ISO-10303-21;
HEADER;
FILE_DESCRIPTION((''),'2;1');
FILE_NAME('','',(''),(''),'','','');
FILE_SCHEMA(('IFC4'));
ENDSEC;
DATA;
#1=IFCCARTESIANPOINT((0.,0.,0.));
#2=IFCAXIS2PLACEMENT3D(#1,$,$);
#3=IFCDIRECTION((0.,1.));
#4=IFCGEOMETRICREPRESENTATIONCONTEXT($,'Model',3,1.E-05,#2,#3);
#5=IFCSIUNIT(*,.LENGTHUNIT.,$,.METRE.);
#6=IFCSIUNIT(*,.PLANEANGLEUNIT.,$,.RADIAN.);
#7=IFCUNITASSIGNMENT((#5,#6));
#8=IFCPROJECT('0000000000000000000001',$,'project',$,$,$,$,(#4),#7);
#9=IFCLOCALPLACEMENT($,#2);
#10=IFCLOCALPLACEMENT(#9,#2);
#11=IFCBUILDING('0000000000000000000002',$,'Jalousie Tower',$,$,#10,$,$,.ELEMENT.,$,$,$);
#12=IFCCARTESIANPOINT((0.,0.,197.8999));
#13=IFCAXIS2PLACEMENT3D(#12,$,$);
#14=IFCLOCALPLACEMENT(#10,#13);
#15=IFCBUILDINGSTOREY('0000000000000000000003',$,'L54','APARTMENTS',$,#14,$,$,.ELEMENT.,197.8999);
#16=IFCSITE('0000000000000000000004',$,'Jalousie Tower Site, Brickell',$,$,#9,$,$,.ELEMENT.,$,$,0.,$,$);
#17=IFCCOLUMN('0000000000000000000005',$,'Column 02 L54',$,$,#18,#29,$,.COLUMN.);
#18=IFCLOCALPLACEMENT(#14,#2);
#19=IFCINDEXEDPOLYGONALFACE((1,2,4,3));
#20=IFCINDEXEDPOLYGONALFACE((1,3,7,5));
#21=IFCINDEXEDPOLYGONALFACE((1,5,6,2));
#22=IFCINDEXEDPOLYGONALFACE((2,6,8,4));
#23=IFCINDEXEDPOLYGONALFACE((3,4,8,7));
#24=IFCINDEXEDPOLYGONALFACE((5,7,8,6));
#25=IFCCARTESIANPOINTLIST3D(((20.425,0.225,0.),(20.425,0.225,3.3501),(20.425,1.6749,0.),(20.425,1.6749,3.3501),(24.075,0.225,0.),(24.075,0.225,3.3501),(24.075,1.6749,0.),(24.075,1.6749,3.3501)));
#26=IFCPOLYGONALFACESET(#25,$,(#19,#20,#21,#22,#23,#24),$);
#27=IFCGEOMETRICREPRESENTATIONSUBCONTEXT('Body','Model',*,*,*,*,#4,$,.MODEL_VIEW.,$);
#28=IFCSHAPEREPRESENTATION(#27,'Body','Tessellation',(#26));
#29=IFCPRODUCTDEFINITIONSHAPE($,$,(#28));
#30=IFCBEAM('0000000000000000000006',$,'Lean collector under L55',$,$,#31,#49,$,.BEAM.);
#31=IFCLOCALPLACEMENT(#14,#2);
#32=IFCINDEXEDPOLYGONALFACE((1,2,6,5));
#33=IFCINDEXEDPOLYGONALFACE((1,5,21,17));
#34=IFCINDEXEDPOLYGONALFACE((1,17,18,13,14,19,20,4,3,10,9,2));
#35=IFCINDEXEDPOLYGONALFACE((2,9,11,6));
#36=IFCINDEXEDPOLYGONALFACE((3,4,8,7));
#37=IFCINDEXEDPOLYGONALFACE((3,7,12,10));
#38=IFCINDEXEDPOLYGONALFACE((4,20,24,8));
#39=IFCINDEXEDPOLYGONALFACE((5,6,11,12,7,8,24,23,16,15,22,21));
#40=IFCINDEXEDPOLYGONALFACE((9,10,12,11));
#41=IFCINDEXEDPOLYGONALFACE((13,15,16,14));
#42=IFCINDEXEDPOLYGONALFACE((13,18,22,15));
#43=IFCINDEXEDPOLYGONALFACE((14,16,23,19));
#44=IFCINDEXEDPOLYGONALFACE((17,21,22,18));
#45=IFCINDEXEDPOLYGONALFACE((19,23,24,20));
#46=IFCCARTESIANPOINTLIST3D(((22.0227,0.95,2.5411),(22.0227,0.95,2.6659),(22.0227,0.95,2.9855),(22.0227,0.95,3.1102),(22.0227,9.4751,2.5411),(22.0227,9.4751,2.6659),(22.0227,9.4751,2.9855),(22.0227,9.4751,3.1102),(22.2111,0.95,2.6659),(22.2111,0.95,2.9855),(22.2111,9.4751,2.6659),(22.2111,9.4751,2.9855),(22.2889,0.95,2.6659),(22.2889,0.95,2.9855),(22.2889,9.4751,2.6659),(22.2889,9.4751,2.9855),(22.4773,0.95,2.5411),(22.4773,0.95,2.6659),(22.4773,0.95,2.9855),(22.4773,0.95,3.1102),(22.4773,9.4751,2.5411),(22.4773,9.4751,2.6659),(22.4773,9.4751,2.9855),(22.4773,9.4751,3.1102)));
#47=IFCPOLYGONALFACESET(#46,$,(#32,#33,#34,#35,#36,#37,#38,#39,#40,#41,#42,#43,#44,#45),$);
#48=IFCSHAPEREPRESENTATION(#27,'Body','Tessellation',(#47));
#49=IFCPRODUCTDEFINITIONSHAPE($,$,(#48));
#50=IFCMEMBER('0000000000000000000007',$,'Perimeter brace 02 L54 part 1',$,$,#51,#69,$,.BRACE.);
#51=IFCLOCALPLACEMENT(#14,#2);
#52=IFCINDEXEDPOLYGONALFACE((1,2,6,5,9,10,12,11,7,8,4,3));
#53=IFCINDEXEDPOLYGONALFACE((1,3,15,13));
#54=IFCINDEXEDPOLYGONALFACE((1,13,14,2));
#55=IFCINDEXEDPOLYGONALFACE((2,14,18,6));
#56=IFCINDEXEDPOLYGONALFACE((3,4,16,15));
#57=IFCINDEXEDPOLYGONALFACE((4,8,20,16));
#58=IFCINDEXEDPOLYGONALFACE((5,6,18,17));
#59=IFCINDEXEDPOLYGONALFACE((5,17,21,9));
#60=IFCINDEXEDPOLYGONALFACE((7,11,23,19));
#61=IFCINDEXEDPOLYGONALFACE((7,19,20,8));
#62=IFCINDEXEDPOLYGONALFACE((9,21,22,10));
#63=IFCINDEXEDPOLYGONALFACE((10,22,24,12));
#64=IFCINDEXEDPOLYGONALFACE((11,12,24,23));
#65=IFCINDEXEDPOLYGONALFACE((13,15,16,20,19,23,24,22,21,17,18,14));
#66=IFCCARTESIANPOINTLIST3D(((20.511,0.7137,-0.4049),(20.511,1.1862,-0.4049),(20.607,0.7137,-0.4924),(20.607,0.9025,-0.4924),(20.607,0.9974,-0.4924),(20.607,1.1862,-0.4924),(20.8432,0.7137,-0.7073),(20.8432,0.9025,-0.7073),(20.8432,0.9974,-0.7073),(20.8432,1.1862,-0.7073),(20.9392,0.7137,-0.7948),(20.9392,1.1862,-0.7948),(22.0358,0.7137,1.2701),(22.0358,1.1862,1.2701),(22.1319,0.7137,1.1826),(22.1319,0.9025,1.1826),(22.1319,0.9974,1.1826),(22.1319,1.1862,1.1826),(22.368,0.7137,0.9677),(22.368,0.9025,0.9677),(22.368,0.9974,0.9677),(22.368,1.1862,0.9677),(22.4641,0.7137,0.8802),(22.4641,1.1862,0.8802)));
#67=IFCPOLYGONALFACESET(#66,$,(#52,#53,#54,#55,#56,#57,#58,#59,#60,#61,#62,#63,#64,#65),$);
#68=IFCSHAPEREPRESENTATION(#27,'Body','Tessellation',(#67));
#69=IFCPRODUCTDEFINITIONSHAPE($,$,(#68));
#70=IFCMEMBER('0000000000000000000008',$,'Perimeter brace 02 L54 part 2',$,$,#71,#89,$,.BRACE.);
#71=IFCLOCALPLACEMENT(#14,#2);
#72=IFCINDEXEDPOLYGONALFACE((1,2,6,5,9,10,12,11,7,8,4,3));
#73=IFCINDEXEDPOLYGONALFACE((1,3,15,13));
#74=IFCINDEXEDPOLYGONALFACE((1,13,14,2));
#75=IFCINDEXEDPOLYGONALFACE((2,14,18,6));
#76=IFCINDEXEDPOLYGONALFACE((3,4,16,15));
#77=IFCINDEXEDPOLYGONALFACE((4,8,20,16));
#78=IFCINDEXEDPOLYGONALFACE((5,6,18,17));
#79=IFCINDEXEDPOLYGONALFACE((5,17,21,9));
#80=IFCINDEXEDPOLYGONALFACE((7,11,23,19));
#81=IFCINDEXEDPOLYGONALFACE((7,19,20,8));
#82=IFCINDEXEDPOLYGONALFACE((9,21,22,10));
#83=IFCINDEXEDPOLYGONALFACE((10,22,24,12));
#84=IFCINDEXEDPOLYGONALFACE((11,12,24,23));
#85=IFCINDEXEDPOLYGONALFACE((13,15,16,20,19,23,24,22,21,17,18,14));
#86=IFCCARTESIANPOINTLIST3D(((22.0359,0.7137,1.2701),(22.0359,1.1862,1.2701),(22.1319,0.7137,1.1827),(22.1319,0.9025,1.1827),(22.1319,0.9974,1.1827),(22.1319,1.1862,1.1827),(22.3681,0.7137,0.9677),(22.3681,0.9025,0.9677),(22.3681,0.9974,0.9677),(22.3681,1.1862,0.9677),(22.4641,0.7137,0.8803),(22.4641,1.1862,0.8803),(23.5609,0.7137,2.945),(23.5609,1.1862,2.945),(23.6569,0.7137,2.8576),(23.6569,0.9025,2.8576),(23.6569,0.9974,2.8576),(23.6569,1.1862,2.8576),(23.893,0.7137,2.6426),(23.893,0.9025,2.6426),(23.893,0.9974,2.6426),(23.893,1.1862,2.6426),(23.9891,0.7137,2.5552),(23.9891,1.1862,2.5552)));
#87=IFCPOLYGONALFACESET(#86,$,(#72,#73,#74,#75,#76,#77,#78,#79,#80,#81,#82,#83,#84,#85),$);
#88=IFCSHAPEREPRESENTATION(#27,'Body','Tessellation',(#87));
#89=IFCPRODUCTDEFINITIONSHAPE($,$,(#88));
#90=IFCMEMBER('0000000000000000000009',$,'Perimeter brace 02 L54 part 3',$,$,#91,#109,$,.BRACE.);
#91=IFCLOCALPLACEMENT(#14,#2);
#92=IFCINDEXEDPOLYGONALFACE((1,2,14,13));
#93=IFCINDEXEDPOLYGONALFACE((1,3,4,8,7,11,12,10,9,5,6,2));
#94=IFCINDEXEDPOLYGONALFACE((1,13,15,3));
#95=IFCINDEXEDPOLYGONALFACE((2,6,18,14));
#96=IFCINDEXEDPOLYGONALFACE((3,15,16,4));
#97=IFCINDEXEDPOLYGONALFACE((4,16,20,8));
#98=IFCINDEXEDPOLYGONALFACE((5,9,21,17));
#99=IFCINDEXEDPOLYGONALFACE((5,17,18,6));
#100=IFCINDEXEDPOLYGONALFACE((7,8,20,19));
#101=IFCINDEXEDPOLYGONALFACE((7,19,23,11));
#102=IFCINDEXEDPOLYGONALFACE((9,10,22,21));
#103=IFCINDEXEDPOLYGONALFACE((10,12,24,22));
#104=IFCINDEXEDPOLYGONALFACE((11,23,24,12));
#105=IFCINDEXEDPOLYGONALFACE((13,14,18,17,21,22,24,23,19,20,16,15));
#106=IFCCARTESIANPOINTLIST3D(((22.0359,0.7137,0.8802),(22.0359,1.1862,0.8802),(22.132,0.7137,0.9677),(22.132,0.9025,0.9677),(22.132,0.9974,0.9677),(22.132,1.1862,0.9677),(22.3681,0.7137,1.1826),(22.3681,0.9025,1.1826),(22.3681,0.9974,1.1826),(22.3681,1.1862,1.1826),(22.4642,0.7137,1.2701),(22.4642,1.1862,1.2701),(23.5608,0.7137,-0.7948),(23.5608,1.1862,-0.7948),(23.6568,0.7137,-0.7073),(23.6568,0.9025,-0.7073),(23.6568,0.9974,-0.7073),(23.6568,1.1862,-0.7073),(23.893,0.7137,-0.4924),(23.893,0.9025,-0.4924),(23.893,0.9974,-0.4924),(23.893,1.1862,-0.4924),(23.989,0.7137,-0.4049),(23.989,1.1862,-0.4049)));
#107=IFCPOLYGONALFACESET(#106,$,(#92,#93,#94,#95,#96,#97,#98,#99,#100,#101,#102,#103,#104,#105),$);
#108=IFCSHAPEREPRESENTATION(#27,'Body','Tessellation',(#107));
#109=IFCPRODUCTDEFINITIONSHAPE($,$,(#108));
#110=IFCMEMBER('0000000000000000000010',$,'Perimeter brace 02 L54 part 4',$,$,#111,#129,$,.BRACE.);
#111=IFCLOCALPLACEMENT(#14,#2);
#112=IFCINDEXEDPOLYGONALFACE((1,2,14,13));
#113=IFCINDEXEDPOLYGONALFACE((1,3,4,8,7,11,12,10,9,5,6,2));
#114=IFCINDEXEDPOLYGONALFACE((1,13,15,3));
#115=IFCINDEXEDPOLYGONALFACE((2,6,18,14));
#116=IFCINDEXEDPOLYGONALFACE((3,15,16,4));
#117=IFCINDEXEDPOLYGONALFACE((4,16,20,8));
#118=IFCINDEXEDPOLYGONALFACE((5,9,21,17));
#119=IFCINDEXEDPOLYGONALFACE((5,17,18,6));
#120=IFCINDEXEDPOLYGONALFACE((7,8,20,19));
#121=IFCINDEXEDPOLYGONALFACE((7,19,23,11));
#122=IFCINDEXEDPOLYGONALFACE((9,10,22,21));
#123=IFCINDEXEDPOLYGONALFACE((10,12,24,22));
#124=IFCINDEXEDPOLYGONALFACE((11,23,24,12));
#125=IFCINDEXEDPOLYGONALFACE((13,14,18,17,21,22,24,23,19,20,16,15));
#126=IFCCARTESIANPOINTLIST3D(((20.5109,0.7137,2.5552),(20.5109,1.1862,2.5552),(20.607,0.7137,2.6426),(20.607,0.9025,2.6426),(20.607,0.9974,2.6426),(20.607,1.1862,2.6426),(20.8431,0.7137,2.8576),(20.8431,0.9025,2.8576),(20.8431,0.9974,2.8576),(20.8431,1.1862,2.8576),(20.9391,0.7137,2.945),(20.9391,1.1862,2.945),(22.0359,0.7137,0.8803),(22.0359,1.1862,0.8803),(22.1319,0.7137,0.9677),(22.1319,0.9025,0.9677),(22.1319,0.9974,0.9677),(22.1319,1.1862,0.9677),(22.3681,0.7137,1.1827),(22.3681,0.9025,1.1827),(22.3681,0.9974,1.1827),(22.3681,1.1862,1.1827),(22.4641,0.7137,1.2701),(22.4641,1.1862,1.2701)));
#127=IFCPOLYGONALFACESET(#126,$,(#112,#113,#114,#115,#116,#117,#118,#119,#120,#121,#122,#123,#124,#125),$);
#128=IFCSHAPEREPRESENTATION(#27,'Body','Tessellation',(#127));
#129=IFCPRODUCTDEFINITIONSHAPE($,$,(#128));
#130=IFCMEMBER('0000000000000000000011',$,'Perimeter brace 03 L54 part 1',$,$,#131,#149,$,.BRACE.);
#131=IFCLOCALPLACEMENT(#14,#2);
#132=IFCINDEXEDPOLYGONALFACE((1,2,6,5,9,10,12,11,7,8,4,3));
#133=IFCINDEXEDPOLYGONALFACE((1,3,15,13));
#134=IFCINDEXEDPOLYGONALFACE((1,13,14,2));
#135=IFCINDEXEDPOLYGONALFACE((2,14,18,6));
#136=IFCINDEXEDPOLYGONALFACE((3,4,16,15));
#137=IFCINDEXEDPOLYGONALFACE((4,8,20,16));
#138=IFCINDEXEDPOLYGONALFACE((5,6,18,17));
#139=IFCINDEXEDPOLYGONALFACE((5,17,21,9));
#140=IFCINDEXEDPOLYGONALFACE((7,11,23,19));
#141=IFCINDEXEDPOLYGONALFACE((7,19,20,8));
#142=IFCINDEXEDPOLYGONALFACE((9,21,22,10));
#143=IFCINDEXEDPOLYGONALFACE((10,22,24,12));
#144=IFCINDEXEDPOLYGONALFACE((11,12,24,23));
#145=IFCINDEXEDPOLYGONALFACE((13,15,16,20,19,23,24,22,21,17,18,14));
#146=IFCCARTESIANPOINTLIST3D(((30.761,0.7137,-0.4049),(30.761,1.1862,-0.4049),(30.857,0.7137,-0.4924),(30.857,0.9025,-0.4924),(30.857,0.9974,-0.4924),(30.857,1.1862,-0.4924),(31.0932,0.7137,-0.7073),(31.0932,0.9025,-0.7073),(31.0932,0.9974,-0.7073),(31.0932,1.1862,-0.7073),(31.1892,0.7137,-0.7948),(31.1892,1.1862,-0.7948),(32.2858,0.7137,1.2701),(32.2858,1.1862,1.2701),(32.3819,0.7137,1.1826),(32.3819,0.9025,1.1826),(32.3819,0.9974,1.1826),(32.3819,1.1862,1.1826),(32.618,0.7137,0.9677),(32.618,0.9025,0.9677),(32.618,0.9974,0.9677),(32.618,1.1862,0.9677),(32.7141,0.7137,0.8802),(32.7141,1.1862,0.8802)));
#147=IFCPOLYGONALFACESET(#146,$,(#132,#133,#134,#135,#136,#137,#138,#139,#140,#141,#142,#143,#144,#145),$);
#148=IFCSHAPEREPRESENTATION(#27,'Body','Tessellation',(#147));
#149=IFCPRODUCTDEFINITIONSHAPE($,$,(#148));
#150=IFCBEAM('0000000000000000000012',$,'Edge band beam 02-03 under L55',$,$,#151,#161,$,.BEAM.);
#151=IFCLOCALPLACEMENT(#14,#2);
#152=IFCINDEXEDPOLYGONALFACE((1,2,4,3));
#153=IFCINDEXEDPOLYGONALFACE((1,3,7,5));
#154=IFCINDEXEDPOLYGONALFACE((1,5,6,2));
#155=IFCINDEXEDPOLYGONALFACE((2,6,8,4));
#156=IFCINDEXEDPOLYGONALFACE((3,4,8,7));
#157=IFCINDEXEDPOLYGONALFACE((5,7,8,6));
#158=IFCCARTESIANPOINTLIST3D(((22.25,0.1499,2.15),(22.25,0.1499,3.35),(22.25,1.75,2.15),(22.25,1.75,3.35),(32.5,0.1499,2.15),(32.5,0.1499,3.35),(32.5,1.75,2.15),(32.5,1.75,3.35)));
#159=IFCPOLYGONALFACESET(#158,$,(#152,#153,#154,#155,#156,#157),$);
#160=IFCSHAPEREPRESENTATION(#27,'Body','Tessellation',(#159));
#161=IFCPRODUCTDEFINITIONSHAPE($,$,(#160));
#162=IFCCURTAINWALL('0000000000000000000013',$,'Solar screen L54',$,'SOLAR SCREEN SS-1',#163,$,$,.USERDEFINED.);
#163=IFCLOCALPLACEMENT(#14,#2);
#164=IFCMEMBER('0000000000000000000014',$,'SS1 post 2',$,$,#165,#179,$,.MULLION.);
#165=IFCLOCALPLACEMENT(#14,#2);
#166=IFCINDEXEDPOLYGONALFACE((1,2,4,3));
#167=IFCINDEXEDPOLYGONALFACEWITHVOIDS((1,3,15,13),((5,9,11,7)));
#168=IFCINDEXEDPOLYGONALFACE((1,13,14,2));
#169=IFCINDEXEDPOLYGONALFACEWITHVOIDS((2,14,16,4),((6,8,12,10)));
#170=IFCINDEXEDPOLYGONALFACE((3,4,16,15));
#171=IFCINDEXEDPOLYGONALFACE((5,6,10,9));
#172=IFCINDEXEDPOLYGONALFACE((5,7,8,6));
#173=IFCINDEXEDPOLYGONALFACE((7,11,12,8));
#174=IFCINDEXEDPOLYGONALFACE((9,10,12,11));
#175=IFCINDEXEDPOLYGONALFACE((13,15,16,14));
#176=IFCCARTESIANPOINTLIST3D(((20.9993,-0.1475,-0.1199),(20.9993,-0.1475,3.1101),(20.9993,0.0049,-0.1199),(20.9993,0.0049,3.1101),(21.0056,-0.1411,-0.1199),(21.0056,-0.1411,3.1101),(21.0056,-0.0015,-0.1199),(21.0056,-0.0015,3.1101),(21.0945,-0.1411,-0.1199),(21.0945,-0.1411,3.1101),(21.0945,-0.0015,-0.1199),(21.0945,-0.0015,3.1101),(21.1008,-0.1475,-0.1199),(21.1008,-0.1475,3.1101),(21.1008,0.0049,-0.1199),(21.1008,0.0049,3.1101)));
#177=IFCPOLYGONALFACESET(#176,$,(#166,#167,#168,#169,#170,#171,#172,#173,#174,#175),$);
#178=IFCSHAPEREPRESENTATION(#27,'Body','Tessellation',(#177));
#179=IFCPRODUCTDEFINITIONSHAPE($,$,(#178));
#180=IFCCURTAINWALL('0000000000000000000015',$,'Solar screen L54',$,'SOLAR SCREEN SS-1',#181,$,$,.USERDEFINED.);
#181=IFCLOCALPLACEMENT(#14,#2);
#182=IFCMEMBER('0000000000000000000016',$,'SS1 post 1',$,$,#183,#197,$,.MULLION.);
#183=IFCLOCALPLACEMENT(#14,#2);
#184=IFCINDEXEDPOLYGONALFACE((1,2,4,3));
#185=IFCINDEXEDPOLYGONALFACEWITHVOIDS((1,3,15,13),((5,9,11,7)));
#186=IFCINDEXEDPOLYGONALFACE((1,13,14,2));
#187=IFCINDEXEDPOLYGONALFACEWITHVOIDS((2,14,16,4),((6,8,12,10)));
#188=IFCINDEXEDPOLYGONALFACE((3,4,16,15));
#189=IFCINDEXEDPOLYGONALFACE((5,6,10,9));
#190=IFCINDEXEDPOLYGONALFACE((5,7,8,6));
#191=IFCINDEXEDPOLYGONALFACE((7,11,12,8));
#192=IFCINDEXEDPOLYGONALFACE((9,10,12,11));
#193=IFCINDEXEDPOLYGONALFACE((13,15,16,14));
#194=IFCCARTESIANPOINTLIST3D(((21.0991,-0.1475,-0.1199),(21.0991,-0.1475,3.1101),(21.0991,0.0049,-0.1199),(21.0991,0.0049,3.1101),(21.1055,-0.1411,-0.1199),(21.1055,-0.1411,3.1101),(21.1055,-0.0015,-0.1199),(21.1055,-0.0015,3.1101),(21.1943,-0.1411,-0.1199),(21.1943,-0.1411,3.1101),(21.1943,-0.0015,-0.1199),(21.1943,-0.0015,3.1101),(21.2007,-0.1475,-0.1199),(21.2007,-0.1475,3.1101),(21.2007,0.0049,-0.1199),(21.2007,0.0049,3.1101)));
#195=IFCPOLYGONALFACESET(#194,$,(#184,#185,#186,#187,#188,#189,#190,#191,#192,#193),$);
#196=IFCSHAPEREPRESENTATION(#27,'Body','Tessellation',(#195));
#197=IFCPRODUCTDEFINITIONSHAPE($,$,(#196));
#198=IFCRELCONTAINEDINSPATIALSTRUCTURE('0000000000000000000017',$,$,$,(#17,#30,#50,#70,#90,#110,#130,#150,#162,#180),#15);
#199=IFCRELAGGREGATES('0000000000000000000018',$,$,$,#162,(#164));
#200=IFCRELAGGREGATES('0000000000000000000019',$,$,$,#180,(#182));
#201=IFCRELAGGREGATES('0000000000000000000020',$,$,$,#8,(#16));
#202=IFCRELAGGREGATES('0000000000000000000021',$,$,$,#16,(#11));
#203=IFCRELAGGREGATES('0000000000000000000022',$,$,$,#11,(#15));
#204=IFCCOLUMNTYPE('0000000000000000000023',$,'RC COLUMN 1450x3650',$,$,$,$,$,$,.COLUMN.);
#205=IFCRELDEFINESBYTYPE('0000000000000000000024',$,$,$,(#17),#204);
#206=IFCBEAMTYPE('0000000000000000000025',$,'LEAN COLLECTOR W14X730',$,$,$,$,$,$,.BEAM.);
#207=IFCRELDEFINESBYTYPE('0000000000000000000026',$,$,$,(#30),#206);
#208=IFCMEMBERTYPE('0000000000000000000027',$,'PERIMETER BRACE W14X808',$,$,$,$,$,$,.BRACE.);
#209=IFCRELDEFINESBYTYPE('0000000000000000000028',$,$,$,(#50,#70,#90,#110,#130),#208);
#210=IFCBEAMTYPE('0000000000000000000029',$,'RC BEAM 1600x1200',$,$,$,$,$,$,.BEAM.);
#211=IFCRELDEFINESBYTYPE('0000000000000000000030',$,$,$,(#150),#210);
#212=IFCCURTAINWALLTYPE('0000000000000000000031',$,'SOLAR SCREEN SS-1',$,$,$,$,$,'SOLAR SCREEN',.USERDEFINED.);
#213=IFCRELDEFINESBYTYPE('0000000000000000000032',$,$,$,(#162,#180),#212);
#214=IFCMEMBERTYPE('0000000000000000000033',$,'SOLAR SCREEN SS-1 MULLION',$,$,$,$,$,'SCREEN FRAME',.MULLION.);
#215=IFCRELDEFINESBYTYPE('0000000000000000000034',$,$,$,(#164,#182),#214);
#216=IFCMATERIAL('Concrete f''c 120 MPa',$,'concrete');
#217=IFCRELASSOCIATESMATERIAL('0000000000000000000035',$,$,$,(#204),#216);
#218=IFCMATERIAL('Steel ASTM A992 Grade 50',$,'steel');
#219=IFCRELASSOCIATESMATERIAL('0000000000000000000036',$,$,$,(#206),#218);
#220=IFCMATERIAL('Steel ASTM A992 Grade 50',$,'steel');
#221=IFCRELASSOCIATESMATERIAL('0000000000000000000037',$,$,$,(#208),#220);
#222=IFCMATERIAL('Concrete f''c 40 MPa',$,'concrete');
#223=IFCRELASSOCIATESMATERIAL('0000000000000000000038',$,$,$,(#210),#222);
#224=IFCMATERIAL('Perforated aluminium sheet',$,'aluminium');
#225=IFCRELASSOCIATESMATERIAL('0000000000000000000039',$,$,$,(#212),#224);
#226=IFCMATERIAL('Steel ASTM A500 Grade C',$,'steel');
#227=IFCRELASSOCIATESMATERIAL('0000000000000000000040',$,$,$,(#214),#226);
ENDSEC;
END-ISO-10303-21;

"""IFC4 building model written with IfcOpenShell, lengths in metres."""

from ifc_helpers import new_model, si_unit, direction, frame, origin, origin_2d, place, context, subcontext, project, spatial, rectangle, hollow_rectangle, i_section, extrude, material, material_profile, profile_set, type_object, element, aggregate, save


model = new_model("IFC4")

# Units and contexts
model_context = context("Model", 3, precision=1e-05, world=origin(), true_north=direction((0.0, 1.0)))
body_context = subcontext(model_context, "Body", "Model", "MODEL_VIEW")
ifc_project = project(units=[si_unit("LENGTHUNIT", "METRE"), si_unit("PLANEANGLEUNIT", "RADIAN")], contexts=[model_context])

# Site, building, storey
site_placement = place(None, origin())
site = spatial("IfcSite", under=ifc_project, at=site_placement, Name="Jalousie Tower Site, Brickell", CompositionType="ELEMENT", RefElevation=0.0)
building_placement = place(site_placement, origin())
building = spatial("IfcBuilding", under=site, at=building_placement, Name="Jalousie Tower", CompositionType="ELEMENT")
storey_placement = place(building_placement, frame((0.0, 0.0, 197.8999)))
storey = spatial("IfcBuildingStorey", under=building, at=storey_placement, Name="L54", Description="APARTMENTS", CompositionType="ELEMENT", Elevation=197.8999)

# Column
ifc_material_1 = material(Name="Concrete f'c 120 MPa", Category="concrete")
ifc_material_profile_1 = material_profile(ifc_material_1, rectangle(XDim=1.45, YDim=3.6499, at=origin_2d()), Name="RC 1450x3650")
ifc_profile_set_1 = profile_set([ifc_material_profile_1], Name="Concrete f'c 120 MPa")
column_type = type_object("IfcColumnType", Name="RC COLUMN 1450x3650", PredefinedType="COLUMN", material=ifc_profile_set_1)
column_placement = place(storey_placement, frame((22.25, 0.95, 0.0), z_axis=(0.0, 0.0, 1.0), x_axis=(0.0, 1.0, 0.0)))
element("IfcColumn", 1, at=column_placement, inside=storey, type_object=column_type, Name="Column 02 L54", PredefinedType="COLUMN", context=body_context, shape_type="SweptSolid", body=[
    extrude(rectangle(XDim=1.45, YDim=3.6499, at=origin_2d()), origin(), (0.0, 0.0, 1.0), 3.3501),
])

# Beam
ifc_material_2 = material(Name="Steel ASTM A992 Grade 50", Category="steel")
ifc_material_profile_2 = material_profile(ifc_material_2, i_section(OverallWidth=0.4546, OverallDepth=0.5691, WebThickness=0.0779, FlangeThickness=0.1248, at=origin_2d()), Name="W14X730")
ifc_profile_set_2 = profile_set([ifc_material_profile_2], Name="Steel ASTM A992 Grade 50")
beam_type_1 = type_object("IfcBeamType", Name="LEAN COLLECTOR W14X730", PredefinedType="BEAM", material=ifc_profile_set_2)
beam_1_placement = place(storey_placement, frame((22.25, 0.95, 2.8257), z_axis=(0.0, 1.0, 0.0), x_axis=(-1.0, 0.0, 0.0)))
element("IfcBeam", 2, at=beam_1_placement, inside=storey, type_object=beam_type_1, Name="Lean collector under L55", PredefinedType="BEAM", context=body_context, shape_type="SweptSolid", body=[
    extrude(i_section(OverallWidth=0.4546, OverallDepth=0.5691, WebThickness=0.0779, FlangeThickness=0.1248, at=origin_2d()), origin(), (0.0, 0.0, 1.0), 8.5251),
])

# Members
ifc_material_3 = material(Name="Steel ASTM A992 Grade 50", Category="steel")
ifc_material_profile_3 = material_profile(ifc_material_3, i_section(OverallWidth=0.4724, OverallDepth=0.5791, WebThickness=0.095, FlangeThickness=0.1299, at=origin_2d()), Name="W14X808")
ifc_profile_set_3 = profile_set([ifc_material_profile_3], Name="Steel ASTM A992 Grade 50")
member_type_1 = type_object("IfcMemberType", Name="PERIMETER BRACE W14X808", PredefinedType="BRACE", material=ifc_profile_set_3)
for number, where, z_axis, x_axis, name in (
    (3, (20.7251, 0.95, -0.5999), (0.673188, 0.0, 0.739472), (0.0, 1.0, 0.0), "Perimeter brace 02 L54 part 1"),
    (4, (22.25, 0.95, 1.0752), (0.673241, 0.0, 0.739423), (0.0, 1.0, 0.0), "Perimeter brace 02 L54 part 2"),
    (5, (23.7749, 0.95, -0.5999), (-0.673188, 0.0, 0.739472), (0.0, -1.0, 0.0), "Perimeter brace 02 L54 part 3"),
    (6, (22.25, 0.95, 1.0752), (-0.673241, 0.0, 0.739423), (0.0, -1.0, 0.0), "Perimeter brace 02 L54 part 4"),
    (7, (30.9751, 0.95, -0.5999), (0.673188, 0.0, 0.739472), (0.0, 1.0, 0.0), "Perimeter brace 03 L54 part 1"),
):
    element("IfcMember", number, at=place(storey_placement, frame(where, z_axis=z_axis, x_axis=x_axis)), inside=storey, type_object=member_type_1, Name=name, PredefinedType="BRACE", context=body_context, shape_type="SweptSolid", body=[
        extrude(i_section(OverallWidth=0.4724, OverallDepth=0.5791, WebThickness=0.095, FlangeThickness=0.1299, at=origin_2d()), origin(), (0.0, 0.0, 1.0), 2.2651),
    ])

# Beam
ifc_material_4 = material(Name="Concrete f'c 40 MPa", Category="concrete")
ifc_material_profile_4 = material_profile(ifc_material_4, rectangle(XDim=1.6001, YDim=1.2, at=origin_2d()), Name="RC 1600x1200")
ifc_profile_set_4 = profile_set([ifc_material_profile_4], Name="Concrete f'c 40 MPa")
beam_type_2 = type_object("IfcBeamType", Name="RC BEAM 1600x1200", PredefinedType="BEAM", material=ifc_profile_set_4)
beam_2_placement = place(storey_placement, frame((22.25, 0.95, 2.75), z_axis=(1.0, 0.0, 0.0), x_axis=(0.0, 1.0, 0.0)))
element("IfcBeam", 8, at=beam_2_placement, inside=storey, type_object=beam_type_2, Name="Edge band beam 02-03 under L55", PredefinedType="BEAM", context=body_context, shape_type="SweptSolid", body=[
    extrude(rectangle(XDim=1.6001, YDim=1.2, at=origin_2d()), origin(), (0.0, 0.0, 1.0), 10.25),
])

# Curtain wall, member
ifc_material_5 = material(Name="Perforated aluminium sheet", Category="aluminium")
curtain_wall_type = type_object("IfcCurtainWallType", Name="SOLAR SCREEN SS-1", ElementType="SOLAR SCREEN", PredefinedType="USERDEFINED", material=ifc_material_5)
curtain_wall_1_placement = place(storey_placement, origin())
curtain_wall_1 = element("IfcCurtainWall", 9, at=curtain_wall_1_placement, inside=storey, type_object=curtain_wall_type, Name="Solar screen L54", ObjectType="SOLAR SCREEN SS-1", PredefinedType="USERDEFINED")
ifc_material_6 = material(Name="Steel ASTM A500 Grade C", Category="steel")
ifc_material_profile_5 = material_profile(ifc_material_6, hollow_rectangle(XDim=0.1016, YDim=0.1523, WallThickness=0.0063, at=origin_2d()), Name="HSS6X4X1/4")
ifc_profile_set_5 = profile_set([ifc_material_profile_5], Name="Steel ASTM A500 Grade C")
member_type_2 = type_object("IfcMemberType", Name="SOLAR SCREEN SS-1 MULLION", ElementType="SCREEN FRAME", PredefinedType="MULLION", material=ifc_profile_set_5)
member_1_placement = place(storey_placement, frame((21.05, -0.0713, -0.1199), z_axis=(0.0, 0.0, 1.0), x_axis=(1.0, 0.0, 0.0)))
member_1 = element("IfcMember", 10, at=member_1_placement, type_object=member_type_2, Name="SS1 post 2", PredefinedType="MULLION", context=body_context, shape_type="SweptSolid", body=[
    extrude(hollow_rectangle(XDim=0.1016, YDim=0.1523, WallThickness=0.0063, at=origin_2d()), origin(), (0.0, 0.0, 1.0), 3.23),
])

# Curtain wall, member
curtain_wall_2_placement = place(storey_placement, origin())
curtain_wall_2 = element("IfcCurtainWall", 11, at=curtain_wall_2_placement, inside=storey, type_object=curtain_wall_type, Name="Solar screen L54", ObjectType="SOLAR SCREEN SS-1", PredefinedType="USERDEFINED")
member_2_placement = place(storey_placement, frame((21.1499, -0.0713, -0.1199), z_axis=(0.0, 0.0, 1.0), x_axis=(1.0, 0.0, 0.0)))
member_2 = element("IfcMember", 12, at=member_2_placement, type_object=member_type_2, Name="SS1 post 1", PredefinedType="MULLION", context=body_context, shape_type="SweptSolid", body=[
    extrude(hollow_rectangle(XDim=0.1016, YDim=0.1523, WallThickness=0.0063, at=origin_2d()), origin(), (0.0, 0.0, 1.0), 3.23),
])

aggregate(curtain_wall_1, [member_1])
aggregate(curtain_wall_2, [member_2])

save(model, "model.ifc")
